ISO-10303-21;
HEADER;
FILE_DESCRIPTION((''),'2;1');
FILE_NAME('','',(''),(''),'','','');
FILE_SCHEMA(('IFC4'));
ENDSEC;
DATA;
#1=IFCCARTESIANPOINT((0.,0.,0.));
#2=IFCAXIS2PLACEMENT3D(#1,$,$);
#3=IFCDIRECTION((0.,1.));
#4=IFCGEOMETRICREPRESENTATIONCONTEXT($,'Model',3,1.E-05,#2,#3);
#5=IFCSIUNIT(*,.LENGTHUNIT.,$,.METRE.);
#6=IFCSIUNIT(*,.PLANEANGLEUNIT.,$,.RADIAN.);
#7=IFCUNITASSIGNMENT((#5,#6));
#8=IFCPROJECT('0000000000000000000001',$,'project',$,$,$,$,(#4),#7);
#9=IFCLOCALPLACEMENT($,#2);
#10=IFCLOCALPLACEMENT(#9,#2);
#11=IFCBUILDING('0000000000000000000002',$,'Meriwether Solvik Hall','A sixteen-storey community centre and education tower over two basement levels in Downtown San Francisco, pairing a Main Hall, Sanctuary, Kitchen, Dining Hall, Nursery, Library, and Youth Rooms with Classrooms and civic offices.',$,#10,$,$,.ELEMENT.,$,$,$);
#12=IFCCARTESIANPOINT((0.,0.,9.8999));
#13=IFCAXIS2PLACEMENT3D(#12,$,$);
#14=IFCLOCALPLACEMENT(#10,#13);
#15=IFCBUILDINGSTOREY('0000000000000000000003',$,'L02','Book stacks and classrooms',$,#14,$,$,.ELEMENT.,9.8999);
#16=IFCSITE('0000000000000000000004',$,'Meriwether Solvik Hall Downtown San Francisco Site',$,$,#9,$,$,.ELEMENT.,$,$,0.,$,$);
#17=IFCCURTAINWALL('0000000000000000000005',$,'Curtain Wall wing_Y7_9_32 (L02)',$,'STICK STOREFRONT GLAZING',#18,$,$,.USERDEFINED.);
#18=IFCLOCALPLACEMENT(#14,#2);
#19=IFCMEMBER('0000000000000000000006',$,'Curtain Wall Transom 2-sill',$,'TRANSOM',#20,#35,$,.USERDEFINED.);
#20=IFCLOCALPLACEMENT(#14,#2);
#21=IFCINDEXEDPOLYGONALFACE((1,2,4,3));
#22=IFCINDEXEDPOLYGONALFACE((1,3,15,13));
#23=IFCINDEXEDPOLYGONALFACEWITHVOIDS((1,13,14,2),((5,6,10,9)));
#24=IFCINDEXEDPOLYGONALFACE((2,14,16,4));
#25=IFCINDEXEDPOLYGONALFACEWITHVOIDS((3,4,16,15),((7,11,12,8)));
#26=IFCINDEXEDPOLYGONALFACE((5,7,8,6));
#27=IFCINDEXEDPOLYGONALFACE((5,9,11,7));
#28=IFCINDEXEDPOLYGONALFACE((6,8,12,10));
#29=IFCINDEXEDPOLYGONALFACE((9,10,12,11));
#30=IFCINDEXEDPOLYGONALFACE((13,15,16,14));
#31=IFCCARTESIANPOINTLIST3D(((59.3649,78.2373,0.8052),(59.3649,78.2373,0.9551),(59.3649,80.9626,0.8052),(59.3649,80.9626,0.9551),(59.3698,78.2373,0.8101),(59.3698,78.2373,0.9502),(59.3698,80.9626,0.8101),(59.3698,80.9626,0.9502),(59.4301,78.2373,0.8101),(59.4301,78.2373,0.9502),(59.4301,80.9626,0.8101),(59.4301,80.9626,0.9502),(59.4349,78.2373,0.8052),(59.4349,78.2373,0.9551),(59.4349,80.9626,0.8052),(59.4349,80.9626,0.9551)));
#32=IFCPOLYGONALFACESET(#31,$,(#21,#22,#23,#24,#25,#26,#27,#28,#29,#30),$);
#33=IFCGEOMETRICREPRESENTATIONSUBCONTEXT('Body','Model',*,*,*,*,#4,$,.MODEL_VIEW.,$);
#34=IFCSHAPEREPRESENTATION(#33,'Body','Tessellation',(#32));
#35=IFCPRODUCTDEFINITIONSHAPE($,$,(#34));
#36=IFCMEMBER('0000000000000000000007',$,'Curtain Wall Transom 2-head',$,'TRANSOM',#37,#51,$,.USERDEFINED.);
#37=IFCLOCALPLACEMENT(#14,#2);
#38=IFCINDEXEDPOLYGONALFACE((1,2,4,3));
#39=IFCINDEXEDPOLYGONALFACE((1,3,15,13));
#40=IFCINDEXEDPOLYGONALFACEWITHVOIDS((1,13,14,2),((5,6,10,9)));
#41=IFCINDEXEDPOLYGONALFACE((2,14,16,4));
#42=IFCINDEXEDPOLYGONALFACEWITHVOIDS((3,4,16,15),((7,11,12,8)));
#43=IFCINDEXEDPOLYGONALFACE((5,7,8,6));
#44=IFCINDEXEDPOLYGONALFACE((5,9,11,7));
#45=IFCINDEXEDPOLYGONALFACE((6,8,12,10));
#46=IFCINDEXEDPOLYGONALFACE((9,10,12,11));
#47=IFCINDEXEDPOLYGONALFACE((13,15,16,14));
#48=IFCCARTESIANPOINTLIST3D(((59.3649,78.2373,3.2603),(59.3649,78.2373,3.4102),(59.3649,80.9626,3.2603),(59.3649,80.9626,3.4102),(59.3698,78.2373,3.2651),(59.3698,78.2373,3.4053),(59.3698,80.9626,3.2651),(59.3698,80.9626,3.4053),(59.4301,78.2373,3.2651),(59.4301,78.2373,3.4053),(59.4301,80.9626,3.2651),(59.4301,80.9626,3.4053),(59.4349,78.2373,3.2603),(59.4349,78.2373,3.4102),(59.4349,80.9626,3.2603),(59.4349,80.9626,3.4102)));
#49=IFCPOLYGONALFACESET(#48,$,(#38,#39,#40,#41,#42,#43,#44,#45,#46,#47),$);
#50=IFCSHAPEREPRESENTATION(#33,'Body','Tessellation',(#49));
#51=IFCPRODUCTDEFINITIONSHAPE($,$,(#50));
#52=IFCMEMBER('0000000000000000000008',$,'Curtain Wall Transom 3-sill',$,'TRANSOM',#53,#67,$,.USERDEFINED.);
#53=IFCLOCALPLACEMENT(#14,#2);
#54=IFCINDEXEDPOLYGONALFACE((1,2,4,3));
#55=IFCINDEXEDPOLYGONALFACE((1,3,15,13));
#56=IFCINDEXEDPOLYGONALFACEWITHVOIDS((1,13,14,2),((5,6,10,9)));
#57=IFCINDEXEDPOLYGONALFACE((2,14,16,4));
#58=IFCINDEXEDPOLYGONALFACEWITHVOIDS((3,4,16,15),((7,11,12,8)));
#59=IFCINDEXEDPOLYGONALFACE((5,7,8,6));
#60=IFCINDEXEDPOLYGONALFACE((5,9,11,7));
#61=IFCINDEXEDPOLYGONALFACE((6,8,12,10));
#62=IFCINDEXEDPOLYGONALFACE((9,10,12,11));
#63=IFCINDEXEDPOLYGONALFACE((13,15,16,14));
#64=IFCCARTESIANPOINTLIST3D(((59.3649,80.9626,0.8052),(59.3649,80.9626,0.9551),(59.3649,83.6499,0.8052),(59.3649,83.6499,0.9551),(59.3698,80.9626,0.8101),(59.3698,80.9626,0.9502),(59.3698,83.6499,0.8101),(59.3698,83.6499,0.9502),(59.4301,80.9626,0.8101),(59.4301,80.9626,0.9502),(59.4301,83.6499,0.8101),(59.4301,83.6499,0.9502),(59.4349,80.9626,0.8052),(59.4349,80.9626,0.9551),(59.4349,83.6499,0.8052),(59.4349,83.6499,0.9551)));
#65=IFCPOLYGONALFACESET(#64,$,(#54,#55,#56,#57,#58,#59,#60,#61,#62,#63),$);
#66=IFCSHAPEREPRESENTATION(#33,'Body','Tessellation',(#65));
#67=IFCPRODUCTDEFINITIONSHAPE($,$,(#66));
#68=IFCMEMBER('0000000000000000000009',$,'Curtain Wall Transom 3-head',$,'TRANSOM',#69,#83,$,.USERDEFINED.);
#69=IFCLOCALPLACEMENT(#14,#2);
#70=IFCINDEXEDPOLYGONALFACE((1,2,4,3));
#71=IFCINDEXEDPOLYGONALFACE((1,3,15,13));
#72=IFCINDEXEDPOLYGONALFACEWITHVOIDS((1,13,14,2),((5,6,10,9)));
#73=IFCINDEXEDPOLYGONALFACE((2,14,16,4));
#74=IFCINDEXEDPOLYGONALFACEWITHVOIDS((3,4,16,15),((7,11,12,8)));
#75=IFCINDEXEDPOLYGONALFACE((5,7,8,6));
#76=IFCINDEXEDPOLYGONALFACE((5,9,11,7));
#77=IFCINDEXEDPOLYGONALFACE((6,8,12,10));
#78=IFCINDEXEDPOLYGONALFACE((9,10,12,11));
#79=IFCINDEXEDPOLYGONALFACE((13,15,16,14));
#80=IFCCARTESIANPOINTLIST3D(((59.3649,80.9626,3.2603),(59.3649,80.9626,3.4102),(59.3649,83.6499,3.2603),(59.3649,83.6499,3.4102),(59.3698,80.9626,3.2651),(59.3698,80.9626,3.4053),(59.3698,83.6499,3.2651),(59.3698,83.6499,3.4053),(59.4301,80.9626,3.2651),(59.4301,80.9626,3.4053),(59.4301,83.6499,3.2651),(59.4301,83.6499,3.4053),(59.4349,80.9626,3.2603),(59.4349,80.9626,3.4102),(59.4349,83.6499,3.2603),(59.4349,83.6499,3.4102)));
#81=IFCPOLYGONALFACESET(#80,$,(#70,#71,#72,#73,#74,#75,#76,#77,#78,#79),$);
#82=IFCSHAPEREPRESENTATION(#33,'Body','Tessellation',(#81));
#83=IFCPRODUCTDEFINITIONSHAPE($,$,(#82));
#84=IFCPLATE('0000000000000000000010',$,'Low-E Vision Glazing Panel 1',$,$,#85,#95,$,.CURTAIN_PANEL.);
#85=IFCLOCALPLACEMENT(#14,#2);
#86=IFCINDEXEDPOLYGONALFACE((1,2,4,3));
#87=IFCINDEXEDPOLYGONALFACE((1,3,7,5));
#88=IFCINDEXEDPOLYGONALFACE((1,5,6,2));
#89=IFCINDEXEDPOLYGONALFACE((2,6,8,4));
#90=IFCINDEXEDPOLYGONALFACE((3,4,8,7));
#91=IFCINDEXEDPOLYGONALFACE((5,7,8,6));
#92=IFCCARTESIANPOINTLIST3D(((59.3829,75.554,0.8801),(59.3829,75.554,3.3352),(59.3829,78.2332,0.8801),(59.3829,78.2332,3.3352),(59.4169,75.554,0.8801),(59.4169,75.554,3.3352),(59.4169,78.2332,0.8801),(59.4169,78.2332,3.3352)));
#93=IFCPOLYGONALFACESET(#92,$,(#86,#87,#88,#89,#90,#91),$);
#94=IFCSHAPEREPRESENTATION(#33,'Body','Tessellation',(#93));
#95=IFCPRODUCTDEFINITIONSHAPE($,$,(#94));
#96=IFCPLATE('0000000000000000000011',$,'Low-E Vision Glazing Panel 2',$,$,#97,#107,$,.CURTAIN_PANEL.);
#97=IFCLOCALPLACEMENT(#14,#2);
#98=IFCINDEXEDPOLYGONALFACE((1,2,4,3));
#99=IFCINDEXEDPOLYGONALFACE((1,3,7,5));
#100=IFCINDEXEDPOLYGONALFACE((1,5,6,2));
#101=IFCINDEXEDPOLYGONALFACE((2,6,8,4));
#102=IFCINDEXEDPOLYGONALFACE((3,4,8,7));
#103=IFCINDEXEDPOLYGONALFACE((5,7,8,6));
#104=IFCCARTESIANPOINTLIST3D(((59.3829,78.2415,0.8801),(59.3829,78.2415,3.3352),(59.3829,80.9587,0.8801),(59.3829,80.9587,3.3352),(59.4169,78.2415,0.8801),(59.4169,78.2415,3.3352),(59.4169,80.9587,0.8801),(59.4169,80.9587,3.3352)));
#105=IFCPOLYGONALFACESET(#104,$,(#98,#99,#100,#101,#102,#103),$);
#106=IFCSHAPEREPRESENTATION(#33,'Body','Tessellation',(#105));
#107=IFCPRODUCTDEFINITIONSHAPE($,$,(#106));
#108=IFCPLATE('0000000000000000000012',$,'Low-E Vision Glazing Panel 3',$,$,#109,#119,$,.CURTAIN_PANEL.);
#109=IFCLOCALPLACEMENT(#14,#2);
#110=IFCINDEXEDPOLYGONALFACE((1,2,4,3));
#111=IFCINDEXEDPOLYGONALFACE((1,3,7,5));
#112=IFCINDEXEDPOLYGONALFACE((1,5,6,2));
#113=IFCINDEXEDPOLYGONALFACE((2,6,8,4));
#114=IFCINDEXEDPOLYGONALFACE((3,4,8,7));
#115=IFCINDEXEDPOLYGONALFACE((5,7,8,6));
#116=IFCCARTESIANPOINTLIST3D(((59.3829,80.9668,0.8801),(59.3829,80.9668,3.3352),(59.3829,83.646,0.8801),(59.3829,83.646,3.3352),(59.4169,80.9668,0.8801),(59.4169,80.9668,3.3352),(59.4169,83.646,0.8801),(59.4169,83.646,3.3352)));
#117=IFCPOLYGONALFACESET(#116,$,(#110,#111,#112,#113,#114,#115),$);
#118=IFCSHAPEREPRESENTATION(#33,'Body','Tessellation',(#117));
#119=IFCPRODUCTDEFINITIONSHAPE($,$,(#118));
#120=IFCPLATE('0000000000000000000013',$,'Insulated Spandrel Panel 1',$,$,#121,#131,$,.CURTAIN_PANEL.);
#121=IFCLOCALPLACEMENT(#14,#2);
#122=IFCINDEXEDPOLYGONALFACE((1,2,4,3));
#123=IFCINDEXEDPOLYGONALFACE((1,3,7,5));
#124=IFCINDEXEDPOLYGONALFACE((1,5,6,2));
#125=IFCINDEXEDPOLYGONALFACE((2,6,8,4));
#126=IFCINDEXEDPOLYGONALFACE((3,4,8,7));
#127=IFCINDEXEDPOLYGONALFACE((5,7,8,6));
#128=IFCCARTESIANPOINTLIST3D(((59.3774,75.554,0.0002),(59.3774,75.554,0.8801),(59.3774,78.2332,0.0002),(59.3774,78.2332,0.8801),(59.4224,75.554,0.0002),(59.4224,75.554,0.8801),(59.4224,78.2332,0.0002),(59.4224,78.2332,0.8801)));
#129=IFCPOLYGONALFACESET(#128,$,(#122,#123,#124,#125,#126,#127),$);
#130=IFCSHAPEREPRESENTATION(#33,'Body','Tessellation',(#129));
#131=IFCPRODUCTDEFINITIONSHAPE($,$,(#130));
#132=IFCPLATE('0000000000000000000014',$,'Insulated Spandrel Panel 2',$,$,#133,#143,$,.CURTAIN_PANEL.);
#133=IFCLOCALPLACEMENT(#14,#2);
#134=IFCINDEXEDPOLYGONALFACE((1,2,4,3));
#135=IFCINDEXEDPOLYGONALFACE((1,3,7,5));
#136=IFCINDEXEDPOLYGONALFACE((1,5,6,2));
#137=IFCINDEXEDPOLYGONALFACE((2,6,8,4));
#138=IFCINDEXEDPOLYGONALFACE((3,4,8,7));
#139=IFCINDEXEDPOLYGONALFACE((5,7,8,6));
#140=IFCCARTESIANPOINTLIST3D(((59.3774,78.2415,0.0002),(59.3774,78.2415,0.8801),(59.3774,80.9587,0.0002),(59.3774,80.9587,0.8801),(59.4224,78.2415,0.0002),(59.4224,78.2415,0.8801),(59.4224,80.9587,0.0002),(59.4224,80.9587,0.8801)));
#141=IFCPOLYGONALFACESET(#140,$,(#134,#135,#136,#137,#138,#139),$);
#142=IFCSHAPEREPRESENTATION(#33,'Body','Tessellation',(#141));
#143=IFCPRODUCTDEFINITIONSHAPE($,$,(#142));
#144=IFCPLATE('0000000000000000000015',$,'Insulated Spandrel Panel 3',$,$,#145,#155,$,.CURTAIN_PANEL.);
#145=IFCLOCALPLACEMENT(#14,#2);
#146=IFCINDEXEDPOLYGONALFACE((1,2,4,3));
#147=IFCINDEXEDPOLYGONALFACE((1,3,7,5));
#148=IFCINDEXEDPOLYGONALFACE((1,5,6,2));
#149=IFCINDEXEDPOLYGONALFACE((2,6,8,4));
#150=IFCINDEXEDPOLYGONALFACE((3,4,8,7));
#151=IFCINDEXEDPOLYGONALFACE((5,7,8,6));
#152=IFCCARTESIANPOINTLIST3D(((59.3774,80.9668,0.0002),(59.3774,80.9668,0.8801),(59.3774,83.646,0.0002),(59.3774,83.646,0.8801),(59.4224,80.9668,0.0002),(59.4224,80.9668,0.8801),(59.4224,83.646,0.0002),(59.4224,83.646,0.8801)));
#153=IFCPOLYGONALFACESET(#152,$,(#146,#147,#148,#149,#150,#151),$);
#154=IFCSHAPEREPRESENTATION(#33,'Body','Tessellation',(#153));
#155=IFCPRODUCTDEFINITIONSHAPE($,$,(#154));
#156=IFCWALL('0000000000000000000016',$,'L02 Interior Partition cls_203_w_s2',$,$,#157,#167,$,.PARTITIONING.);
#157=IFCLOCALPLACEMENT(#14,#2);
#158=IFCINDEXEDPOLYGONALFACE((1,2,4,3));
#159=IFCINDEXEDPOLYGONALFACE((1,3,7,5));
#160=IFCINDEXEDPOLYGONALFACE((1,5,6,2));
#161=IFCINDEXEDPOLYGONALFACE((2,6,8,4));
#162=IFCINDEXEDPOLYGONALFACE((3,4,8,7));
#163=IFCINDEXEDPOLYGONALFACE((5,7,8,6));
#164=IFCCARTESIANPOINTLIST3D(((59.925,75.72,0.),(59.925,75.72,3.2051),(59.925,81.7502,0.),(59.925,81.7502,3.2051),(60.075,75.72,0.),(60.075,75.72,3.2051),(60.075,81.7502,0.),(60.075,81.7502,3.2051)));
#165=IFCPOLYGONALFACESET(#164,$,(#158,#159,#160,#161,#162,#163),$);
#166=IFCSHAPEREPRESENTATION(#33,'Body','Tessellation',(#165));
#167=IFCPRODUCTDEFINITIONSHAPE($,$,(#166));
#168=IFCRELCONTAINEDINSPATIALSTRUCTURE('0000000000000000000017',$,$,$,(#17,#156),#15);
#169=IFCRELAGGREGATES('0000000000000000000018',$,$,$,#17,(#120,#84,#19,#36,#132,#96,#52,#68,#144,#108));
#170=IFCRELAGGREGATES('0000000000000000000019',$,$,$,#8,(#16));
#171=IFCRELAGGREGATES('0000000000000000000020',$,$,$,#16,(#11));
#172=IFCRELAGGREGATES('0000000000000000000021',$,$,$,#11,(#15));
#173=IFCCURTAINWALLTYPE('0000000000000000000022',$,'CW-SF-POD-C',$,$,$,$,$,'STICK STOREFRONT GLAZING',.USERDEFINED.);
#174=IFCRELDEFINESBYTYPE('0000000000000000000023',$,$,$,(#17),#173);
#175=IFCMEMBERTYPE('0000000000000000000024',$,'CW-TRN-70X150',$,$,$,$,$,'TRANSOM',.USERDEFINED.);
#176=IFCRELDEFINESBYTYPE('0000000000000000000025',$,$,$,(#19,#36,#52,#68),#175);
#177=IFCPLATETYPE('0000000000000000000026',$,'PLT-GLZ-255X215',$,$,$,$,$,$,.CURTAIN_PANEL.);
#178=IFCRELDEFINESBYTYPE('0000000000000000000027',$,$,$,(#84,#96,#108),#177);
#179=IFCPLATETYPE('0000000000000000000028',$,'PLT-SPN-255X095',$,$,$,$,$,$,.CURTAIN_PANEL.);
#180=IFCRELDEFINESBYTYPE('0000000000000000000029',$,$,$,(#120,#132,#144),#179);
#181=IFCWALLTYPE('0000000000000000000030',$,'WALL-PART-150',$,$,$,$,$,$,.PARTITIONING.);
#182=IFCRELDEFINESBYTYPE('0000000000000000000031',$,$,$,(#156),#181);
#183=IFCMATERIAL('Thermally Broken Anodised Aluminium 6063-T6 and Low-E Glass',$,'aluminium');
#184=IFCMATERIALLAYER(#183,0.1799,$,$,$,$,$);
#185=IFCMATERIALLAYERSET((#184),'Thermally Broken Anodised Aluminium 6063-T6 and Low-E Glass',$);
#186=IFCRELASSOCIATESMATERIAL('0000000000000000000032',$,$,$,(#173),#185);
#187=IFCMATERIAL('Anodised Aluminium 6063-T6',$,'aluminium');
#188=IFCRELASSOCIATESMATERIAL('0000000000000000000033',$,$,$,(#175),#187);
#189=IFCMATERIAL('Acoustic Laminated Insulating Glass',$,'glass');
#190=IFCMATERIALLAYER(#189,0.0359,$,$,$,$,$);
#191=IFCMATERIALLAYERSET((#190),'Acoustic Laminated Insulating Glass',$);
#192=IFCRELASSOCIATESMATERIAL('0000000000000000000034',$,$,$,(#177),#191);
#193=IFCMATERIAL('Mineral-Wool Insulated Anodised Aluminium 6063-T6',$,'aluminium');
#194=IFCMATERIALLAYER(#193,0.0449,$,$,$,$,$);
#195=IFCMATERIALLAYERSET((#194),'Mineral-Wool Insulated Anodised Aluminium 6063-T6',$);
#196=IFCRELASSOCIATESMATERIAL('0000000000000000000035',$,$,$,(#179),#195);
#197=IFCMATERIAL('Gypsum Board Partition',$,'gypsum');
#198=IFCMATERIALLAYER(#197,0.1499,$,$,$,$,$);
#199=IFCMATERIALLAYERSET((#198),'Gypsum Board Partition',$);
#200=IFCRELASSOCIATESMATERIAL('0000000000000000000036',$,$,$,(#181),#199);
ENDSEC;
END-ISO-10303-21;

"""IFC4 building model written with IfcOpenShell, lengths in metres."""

from ifc_helpers import new_model, si_unit, direction, frame, frame_2d, origin, origin_2d, place, context, subcontext, project, spatial, rectangle, hollow_rectangle, extrude, material, layer, layer_set, material_profile, profile_set, type_object, element, aggregate, save


model = new_model("IFC4")

# Units and contexts
model_context = context("Model", 3, precision=1e-05, world=origin(), true_north=direction((0.0, 1.0)))
body_context = subcontext(model_context, "Body", "Model", "MODEL_VIEW")
ifc_project = project(units=[si_unit("LENGTHUNIT", "METRE"), si_unit("PLANEANGLEUNIT", "RADIAN")], contexts=[model_context])

# Site, building, storey
site_placement = place(None, origin())
site = spatial("IfcSite", under=ifc_project, at=site_placement, Name="Meriwether Solvik Hall Downtown San Francisco Site", CompositionType="ELEMENT", RefElevation=0.0)
building_placement = place(site_placement, origin())
building = spatial("IfcBuilding", under=site, at=building_placement, Name="Meriwether Solvik Hall", Description="A sixteen-storey community centre and education tower over two basement levels in Downtown San Francisco, pairing a Main Hall, Sanctuary, Kitchen, Dining Hall, Nursery, Library, and Youth Rooms with Classrooms and civic offices.", CompositionType="ELEMENT")
storey_placement = place(building_placement, frame((0.0, 0.0, 9.8999)))
storey = spatial("IfcBuildingStorey", under=building, at=storey_placement, Name="L02", Description="Book stacks and classrooms", CompositionType="ELEMENT", Elevation=9.8999)

# Curtain wall
ifc_material_1 = material(Name="Thermally Broken Anodised Aluminium 6063-T6 and Low-E Glass", Category="aluminium")
ifc_layer_1 = layer(ifc_material_1, 0.1799)
ifc_layer_set_1 = layer_set([ifc_layer_1], Name="Thermally Broken Anodised Aluminium 6063-T6 and Low-E Glass")
curtain_wall_type = type_object("IfcCurtainWallType", Name="CW-SF-POD-C", ElementType="STICK STOREFRONT GLAZING", PredefinedType="USERDEFINED", material=ifc_layer_set_1)
curtain_wall_1_placement = place(storey_placement, origin())
curtain_wall_1 = element("IfcCurtainWall", 1, at=curtain_wall_1_placement, inside=storey, type_object=curtain_wall_type, Name="Curtain Wall wing_Y7_9_32 (L02)", ObjectType="STICK STOREFRONT GLAZING", PredefinedType="USERDEFINED")

# Members
ifc_material_2 = material(Name="Anodised Aluminium 6063-T6", Category="aluminium")
ifc_material_profile_1 = material_profile(ifc_material_2, hollow_rectangle(XDim=0.0701, YDim=0.1499, WallThickness=0.0049, at=origin_2d()), Name="CWT-70X150")
ifc_profile_set_1 = profile_set([ifc_material_profile_1], Name="Anodised Aluminium 6063-T6")
member_type_1 = type_object("IfcMemberType", Name="CW-TRN-70X150", ElementType="TRANSOM", PredefinedType="USERDEFINED", material=ifc_profile_set_1)
member_1_placement = place(storey_placement, frame((59.3999, 78.2373, 0.8801), z_axis=(0.0, 1.0, 0.0), x_axis=(-1.0, 0.0, 0.0)))
member_1 = element("IfcMember", 2, at=member_1_placement, type_object=member_type_1, Name="Curtain Wall Transom 2-sill", ObjectType="TRANSOM", PredefinedType="USERDEFINED", context=body_context, shape_type="SweptSolid", body=[
    extrude(hollow_rectangle(XDim=0.0701, YDim=0.1499, WallThickness=0.0049, at=origin_2d()), origin(), (0.0, 0.0, 1.0), 2.7253),
])
member_2_placement = place(storey_placement, frame((59.3999, 78.2373, 3.3352), z_axis=(0.0, 1.0, 0.0), x_axis=(-1.0, 0.0, 0.0)))
member_2 = element("IfcMember", 3, at=member_2_placement, type_object=member_type_1, Name="Curtain Wall Transom 2-head", ObjectType="TRANSOM", PredefinedType="USERDEFINED", context=body_context, shape_type="SweptSolid", body=[
    extrude(hollow_rectangle(XDim=0.0701, YDim=0.1499, WallThickness=0.0049, at=origin_2d()), origin(), (0.0, 0.0, 1.0), 2.7253),
])
member_3_placement = place(storey_placement, frame((59.3999, 80.9626, 0.8801), z_axis=(0.0, 1.0, 0.0), x_axis=(-1.0, 0.0, 0.0)))
member_3 = element("IfcMember", 4, at=member_3_placement, type_object=member_type_1, Name="Curtain Wall Transom 3-sill", ObjectType="TRANSOM", PredefinedType="USERDEFINED", context=body_context, shape_type="SweptSolid", body=[
    extrude(hollow_rectangle(XDim=0.0701, YDim=0.1499, WallThickness=0.0049, at=origin_2d()), origin(), (0.0, 0.0, 1.0), 2.6873),
])
member_4_placement = place(storey_placement, frame((59.3999, 80.9626, 3.3352), z_axis=(0.0, 1.0, 0.0), x_axis=(-1.0, 0.0, 0.0)))
member_4 = element("IfcMember", 5, at=member_4_placement, type_object=member_type_1, Name="Curtain Wall Transom 3-head", ObjectType="TRANSOM", PredefinedType="USERDEFINED", context=body_context, shape_type="SweptSolid", body=[
    extrude(hollow_rectangle(XDim=0.0701, YDim=0.1499, WallThickness=0.0049, at=origin_2d()), origin(), (0.0, 0.0, 1.0), 2.6873),
])

# Plates
ifc_material_3 = material(Name="Acoustic Laminated Insulating Glass", Category="glass")
ifc_layer_2 = layer(ifc_material_3, 0.0359)
ifc_layer_set_2 = layer_set([ifc_layer_2], Name="Acoustic Laminated Insulating Glass")
plate_type_1 = type_object("IfcPlateType", Name="PLT-GLZ-255X215", PredefinedType="CURTAIN_PANEL", material=ifc_layer_set_2)
plate_1_placement = place(storey_placement, frame((59.3999, 76.8936, 0.8801), z_axis=(0.0, 0.0, 1.0), x_axis=(0.0, 1.0, 0.0)))
plate_1 = element("IfcPlate", 6, at=plate_1_placement, type_object=plate_type_1, Name="Low-E Vision Glazing Panel 1", PredefinedType="CURTAIN_PANEL", context=body_context, shape_type="SweptSolid", body=[
    extrude(rectangle(XDim=2.6792, YDim=0.0339, at=origin_2d()), origin(), (0.0, 0.0, 1.0), 2.4551),
])
plate_2_placement = place(storey_placement, frame((59.3999, 79.6001, 0.8801), z_axis=(0.0, 0.0, 1.0), x_axis=(0.0, 1.0, 0.0)))
plate_2 = element("IfcPlate", 7, at=plate_2_placement, type_object=plate_type_1, Name="Low-E Vision Glazing Panel 2", PredefinedType="CURTAIN_PANEL", context=body_context, shape_type="SweptSolid", body=[
    extrude(rectangle(XDim=2.7173, YDim=0.0339, at=origin_2d()), origin(), (0.0, 0.0, 1.0), 2.4551),
])
plate_3_placement = place(storey_placement, frame((59.3999, 82.3064, 0.8801), z_axis=(0.0, 0.0, 1.0), x_axis=(0.0, 1.0, 0.0)))
plate_3 = element("IfcPlate", 8, at=plate_3_placement, type_object=plate_type_1, Name="Low-E Vision Glazing Panel 3", PredefinedType="CURTAIN_PANEL", context=body_context, shape_type="SweptSolid", body=[
    extrude(rectangle(XDim=2.6792, YDim=0.0339, at=origin_2d()), origin(), (0.0, 0.0, 1.0), 2.4551),
])
ifc_material_4 = material(Name="Mineral-Wool Insulated Anodised Aluminium 6063-T6", Category="aluminium")
ifc_layer_3 = layer(ifc_material_4, 0.0449)
ifc_layer_set_3 = layer_set([ifc_layer_3], Name="Mineral-Wool Insulated Anodised Aluminium 6063-T6")
plate_type_2 = type_object("IfcPlateType", Name="PLT-SPN-255X095", PredefinedType="CURTAIN_PANEL", material=ifc_layer_set_3)
plate_4_placement = place(storey_placement, frame((59.3999, 76.8936, 0.0002), z_axis=(0.0, 0.0, 1.0), x_axis=(0.0, 1.0, 0.0)))
plate_4 = element("IfcPlate", 9, at=plate_4_placement, type_object=plate_type_2, Name="Insulated Spandrel Panel 1", PredefinedType="CURTAIN_PANEL", context=body_context, shape_type="SweptSolid", body=[
    extrude(rectangle(XDim=2.6792, YDim=0.0449, at=origin_2d()), origin(), (0.0, 0.0, 1.0), 0.8799),
])
plate_5_placement = place(storey_placement, frame((59.3999, 79.6001, 0.0002), z_axis=(0.0, 0.0, 1.0), x_axis=(0.0, 1.0, 0.0)))
plate_5 = element("IfcPlate", 10, at=plate_5_placement, type_object=plate_type_2, Name="Insulated Spandrel Panel 2", PredefinedType="CURTAIN_PANEL", context=body_context, shape_type="SweptSolid", body=[
    extrude(rectangle(XDim=2.7173, YDim=0.0449, at=origin_2d()), origin(), (0.0, 0.0, 1.0), 0.8799),
])
plate_6_placement = place(storey_placement, frame((59.3999, 82.3064, 0.0002), z_axis=(0.0, 0.0, 1.0), x_axis=(0.0, 1.0, 0.0)))
plate_6 = element("IfcPlate", 11, at=plate_6_placement, type_object=plate_type_2, Name="Insulated Spandrel Panel 3", PredefinedType="CURTAIN_PANEL", context=body_context, shape_type="SweptSolid", body=[
    extrude(rectangle(XDim=2.6792, YDim=0.0449, at=origin_2d()), origin(), (0.0, 0.0, 1.0), 0.8799),
])
aggregate(curtain_wall_1, [plate_4, plate_1, member_1, member_2, plate_5, plate_2, member_3, member_4, plate_6, plate_3])

# Wall
ifc_material_5 = material(Name="Gypsum Board Partition", Category="gypsum")
ifc_layer_4 = layer(ifc_material_5, 0.1499)
ifc_layer_set_4 = layer_set([ifc_layer_4], Name="Gypsum Board Partition")
wall_type = type_object("IfcWallType", Name="WALL-PART-150", PredefinedType="PARTITIONING", material=ifc_layer_set_4)
wall_placement = place(storey_placement, frame((60.0, 81.7502, 0.0), z_axis=(0.0, 0.0, 1.0), x_axis=(0.0, -1.0, 0.0)))
element("IfcWall", 12, at=wall_placement, inside=storey, type_object=wall_type, Name="L02 Interior Partition cls_203_w_s2", PredefinedType="PARTITIONING", context=body_context, shape_type="SweptSolid", body=[
    extrude(rectangle(XDim=6.0303, YDim=0.1499, at=frame_2d((3.0151, 0.0))), origin(), (0.0, 0.0, 1.0), 3.2051),
])

save(model, "model.ifc")
